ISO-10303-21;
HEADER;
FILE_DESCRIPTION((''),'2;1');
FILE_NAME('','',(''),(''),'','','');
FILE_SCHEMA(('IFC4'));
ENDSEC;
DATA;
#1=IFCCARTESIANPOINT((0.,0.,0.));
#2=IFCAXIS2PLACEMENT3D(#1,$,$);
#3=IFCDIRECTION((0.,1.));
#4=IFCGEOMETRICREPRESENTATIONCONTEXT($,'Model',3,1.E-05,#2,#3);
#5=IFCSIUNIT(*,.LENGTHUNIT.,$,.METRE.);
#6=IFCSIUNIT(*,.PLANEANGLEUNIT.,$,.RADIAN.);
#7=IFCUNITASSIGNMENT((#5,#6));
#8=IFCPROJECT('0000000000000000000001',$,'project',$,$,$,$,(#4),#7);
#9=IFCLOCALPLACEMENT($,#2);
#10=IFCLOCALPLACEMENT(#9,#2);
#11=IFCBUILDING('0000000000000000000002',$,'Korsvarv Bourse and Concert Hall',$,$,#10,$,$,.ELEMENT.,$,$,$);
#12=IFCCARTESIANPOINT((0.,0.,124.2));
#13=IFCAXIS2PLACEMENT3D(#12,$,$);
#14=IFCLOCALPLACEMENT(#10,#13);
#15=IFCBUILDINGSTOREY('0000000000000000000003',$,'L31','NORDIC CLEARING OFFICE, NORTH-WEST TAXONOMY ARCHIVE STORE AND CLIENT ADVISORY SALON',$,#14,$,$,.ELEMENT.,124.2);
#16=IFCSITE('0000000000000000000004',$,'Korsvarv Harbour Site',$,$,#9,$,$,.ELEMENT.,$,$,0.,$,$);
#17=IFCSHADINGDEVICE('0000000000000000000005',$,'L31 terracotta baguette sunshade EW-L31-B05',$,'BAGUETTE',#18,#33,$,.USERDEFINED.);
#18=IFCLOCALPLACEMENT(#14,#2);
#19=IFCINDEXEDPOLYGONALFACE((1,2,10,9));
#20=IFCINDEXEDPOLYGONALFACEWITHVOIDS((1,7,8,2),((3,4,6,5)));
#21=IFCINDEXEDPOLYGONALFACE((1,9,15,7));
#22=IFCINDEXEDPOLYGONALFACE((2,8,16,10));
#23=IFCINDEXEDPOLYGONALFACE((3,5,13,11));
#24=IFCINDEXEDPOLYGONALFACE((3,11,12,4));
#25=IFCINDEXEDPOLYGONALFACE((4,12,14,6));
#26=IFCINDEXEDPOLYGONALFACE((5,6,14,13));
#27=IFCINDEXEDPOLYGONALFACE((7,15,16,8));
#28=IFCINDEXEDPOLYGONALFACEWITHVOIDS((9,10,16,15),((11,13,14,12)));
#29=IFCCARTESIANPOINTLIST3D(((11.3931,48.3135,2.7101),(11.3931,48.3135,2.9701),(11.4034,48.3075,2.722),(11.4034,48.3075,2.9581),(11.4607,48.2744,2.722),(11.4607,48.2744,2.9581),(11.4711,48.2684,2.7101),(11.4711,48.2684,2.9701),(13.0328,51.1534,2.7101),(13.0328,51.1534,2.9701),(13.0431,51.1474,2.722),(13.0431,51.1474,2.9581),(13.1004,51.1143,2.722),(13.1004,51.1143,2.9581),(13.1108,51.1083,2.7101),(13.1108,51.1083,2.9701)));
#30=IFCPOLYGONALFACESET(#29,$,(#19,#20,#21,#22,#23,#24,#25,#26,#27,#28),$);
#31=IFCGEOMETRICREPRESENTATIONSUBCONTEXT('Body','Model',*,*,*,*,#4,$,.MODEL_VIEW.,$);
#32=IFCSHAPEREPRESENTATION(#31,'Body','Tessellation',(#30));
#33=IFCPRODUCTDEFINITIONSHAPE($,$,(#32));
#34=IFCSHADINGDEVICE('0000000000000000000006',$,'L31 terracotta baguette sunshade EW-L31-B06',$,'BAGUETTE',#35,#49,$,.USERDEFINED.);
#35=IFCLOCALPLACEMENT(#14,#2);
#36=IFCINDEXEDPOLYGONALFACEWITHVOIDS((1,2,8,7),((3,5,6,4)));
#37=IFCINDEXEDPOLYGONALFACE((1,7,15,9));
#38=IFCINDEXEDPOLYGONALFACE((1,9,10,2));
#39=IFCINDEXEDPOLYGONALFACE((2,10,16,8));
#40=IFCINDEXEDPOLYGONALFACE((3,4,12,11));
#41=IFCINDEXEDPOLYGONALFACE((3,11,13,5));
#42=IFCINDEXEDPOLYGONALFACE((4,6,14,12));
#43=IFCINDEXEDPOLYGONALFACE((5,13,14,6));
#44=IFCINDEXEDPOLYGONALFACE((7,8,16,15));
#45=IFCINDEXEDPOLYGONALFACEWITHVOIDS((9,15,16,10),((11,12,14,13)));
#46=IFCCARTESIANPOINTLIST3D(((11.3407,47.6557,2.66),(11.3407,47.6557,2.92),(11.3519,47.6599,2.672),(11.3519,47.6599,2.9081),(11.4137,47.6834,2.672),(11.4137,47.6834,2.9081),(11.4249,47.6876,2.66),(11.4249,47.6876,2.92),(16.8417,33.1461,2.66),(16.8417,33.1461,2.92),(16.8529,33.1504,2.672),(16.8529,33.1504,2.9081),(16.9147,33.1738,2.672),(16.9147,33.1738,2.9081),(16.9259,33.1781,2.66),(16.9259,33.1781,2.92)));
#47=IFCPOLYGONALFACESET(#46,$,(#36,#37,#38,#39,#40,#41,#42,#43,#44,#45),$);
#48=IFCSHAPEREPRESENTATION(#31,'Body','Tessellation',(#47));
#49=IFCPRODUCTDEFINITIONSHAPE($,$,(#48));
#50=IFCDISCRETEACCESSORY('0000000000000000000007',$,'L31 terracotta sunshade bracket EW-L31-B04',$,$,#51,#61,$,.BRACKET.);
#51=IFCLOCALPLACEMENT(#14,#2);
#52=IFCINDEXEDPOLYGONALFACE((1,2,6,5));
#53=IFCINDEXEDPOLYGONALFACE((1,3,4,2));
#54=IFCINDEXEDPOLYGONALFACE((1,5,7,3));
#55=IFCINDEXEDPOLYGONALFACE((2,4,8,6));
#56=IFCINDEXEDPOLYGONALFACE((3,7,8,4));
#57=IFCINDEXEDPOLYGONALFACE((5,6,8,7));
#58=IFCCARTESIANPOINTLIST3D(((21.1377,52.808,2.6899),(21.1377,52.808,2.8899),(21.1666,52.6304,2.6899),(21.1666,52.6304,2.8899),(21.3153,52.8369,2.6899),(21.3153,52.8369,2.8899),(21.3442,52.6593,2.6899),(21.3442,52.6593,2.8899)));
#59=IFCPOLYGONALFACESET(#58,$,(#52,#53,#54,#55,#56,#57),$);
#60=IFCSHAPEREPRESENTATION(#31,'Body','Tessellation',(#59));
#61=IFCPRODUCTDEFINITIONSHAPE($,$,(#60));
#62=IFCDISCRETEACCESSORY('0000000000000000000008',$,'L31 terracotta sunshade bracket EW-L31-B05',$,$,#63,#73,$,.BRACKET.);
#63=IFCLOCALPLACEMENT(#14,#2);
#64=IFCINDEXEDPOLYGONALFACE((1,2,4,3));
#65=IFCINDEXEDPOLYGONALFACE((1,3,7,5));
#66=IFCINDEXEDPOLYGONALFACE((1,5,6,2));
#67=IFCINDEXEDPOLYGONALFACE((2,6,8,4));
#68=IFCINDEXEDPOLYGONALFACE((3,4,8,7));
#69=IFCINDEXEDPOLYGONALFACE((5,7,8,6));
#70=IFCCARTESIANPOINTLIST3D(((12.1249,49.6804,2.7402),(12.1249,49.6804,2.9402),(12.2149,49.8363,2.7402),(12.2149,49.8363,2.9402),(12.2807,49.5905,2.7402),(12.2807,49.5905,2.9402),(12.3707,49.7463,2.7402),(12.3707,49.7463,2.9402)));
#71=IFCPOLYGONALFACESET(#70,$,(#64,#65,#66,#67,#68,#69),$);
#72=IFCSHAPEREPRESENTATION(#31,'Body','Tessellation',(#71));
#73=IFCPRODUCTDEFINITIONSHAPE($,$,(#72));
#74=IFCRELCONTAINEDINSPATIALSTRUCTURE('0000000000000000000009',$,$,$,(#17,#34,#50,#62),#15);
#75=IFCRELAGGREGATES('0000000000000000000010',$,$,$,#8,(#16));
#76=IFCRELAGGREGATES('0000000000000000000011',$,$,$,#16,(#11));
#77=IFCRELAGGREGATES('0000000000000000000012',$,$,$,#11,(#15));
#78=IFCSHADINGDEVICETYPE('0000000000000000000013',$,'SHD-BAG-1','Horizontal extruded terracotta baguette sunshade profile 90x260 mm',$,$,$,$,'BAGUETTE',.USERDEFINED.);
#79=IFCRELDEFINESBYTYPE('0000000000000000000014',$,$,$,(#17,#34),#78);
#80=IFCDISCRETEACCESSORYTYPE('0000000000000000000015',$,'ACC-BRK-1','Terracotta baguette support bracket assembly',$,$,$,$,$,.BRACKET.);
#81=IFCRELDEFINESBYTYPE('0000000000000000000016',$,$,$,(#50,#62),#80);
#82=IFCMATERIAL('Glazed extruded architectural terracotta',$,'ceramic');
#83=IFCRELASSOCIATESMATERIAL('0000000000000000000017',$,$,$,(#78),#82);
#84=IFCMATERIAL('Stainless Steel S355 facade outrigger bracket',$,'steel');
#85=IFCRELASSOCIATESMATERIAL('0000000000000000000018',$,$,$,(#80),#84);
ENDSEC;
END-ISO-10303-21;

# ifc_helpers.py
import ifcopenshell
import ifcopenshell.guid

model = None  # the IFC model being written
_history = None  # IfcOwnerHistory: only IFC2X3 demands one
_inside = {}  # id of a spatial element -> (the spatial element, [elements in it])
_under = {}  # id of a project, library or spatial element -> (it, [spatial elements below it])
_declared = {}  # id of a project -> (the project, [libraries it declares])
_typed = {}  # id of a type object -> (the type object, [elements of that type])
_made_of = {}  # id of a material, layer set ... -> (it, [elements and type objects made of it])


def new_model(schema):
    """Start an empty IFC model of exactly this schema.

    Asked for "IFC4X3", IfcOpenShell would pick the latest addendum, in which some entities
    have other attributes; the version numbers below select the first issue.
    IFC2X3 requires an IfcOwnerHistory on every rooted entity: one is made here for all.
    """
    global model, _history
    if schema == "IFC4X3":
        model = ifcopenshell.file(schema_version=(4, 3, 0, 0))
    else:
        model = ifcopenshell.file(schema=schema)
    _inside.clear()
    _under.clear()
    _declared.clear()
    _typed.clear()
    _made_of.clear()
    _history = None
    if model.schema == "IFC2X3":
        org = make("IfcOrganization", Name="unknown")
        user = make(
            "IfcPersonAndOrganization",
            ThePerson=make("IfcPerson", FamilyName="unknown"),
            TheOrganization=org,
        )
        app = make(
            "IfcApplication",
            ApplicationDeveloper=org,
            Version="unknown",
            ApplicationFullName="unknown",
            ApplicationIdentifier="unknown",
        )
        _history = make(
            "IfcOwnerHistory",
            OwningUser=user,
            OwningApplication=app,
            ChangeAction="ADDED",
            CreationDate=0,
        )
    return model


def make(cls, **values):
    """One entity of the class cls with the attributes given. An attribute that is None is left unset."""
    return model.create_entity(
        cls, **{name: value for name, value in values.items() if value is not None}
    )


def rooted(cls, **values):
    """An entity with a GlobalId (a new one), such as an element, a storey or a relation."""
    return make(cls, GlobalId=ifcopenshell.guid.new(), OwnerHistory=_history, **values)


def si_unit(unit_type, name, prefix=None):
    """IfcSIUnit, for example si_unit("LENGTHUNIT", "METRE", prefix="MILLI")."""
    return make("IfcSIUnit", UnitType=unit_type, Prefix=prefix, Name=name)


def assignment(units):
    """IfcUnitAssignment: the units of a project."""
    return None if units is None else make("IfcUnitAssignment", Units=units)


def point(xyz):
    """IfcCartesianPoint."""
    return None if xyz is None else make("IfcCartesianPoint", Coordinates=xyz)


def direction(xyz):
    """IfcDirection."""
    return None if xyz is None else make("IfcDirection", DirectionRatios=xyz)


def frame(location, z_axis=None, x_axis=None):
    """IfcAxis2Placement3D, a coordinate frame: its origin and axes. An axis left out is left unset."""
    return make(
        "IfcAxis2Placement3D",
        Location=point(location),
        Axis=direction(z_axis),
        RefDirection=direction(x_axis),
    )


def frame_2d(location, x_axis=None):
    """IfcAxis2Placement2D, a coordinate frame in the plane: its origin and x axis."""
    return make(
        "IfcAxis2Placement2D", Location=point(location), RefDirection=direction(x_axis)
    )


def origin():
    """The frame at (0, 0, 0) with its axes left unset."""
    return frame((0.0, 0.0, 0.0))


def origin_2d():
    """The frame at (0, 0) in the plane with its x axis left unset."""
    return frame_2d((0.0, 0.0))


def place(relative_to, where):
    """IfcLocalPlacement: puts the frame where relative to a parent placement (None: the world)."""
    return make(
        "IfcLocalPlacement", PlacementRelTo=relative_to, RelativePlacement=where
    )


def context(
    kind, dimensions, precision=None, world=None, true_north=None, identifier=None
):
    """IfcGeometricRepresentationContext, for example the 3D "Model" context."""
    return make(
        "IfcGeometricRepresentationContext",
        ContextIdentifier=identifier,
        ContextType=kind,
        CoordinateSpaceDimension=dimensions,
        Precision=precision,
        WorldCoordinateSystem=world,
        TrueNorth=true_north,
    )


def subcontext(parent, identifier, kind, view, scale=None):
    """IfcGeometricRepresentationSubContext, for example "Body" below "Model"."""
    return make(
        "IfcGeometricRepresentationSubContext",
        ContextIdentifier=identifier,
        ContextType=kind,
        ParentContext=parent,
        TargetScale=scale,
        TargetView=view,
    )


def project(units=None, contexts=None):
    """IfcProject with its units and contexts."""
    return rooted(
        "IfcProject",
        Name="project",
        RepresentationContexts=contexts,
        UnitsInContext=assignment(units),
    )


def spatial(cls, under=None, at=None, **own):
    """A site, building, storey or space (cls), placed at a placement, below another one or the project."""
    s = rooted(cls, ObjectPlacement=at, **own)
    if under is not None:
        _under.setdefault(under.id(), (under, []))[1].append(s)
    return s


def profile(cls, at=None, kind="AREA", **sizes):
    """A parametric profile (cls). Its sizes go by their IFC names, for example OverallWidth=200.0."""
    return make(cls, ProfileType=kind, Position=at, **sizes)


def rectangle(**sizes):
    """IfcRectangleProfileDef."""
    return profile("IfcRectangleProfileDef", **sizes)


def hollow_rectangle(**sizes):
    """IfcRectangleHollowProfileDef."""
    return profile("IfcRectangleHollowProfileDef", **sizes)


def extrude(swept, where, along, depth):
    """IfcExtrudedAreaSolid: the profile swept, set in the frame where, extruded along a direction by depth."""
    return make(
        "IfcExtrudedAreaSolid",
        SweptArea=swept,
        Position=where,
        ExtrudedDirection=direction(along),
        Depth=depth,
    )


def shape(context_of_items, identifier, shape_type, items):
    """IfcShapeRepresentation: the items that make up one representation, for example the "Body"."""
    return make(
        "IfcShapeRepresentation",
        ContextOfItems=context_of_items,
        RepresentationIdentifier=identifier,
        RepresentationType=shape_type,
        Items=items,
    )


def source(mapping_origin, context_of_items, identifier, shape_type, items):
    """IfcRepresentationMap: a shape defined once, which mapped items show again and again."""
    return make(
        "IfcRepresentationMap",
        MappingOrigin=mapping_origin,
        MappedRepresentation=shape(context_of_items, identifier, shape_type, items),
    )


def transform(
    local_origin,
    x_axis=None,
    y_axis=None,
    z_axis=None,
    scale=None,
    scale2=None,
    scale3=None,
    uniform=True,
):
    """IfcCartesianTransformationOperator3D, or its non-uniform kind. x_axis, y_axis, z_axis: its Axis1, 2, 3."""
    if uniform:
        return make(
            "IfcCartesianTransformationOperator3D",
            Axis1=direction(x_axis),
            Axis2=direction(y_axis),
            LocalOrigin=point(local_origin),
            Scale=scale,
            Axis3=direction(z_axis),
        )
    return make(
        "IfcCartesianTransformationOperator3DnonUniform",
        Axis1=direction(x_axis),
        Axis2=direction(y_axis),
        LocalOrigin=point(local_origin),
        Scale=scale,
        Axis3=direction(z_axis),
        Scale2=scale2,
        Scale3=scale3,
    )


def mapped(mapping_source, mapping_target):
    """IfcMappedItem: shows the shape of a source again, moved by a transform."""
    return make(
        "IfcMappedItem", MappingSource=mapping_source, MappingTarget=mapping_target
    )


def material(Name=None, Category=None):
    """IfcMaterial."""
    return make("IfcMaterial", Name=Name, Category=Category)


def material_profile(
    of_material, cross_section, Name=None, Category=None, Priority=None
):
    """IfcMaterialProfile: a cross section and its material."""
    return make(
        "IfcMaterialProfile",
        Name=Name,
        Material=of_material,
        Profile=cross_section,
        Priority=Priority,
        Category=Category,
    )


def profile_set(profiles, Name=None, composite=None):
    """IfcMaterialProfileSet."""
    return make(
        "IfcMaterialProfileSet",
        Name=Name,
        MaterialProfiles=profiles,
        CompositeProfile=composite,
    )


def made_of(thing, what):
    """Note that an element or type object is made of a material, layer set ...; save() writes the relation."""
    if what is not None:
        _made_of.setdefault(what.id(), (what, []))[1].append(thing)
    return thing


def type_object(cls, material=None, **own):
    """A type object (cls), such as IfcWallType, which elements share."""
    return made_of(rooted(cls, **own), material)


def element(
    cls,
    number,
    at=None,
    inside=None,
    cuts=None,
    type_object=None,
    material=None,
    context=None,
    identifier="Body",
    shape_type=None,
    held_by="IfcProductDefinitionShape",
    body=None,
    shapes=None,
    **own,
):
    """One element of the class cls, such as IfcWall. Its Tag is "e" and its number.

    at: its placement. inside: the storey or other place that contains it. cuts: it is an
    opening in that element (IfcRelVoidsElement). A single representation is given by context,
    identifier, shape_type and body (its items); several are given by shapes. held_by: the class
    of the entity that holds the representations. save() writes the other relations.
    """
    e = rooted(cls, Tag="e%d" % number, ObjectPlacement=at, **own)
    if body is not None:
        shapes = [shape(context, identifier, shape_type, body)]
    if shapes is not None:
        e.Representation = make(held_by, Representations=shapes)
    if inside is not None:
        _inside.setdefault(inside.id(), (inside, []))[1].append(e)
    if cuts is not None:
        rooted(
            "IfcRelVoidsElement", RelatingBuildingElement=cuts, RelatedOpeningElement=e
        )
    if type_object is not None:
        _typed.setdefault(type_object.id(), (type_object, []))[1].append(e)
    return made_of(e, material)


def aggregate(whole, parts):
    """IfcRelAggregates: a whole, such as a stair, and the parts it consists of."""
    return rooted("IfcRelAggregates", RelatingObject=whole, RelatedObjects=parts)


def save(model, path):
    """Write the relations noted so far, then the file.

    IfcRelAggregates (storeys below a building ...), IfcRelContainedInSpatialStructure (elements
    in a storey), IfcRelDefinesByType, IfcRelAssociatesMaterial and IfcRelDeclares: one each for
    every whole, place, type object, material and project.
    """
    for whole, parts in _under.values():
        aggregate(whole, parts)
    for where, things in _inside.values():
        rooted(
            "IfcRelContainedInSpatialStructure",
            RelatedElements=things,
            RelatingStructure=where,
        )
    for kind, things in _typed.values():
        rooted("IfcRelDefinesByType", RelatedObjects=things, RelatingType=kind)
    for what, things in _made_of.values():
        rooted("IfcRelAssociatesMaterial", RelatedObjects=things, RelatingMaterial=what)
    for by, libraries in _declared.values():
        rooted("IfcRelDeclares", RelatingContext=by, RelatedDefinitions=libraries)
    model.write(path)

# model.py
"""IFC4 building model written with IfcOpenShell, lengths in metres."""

from ifc_helpers import new_model, si_unit, direction, frame, origin, origin_2d, place, context, subcontext, project, spatial, rectangle, hollow_rectangle, extrude, source, transform, mapped, material, material_profile, profile_set, type_object, element, save


model = new_model("IFC4")

# Units and contexts
model_context = context("Model", 3, precision=1e-05, world=origin(), true_north=direction((0.0, 1.0)))
body_context = subcontext(model_context, "Body", "Model", "MODEL_VIEW")
ifc_project = project(units=[si_unit("LENGTHUNIT", "METRE"), si_unit("PLANEANGLEUNIT", "RADIAN")], contexts=[model_context])

# Site, building, storey
site_placement = place(None, origin())
site = spatial("IfcSite", under=ifc_project, at=site_placement, Name="Korsvarv Harbour Site", CompositionType="ELEMENT", RefElevation=0.0)
building_placement = place(site_placement, origin())
building = spatial("IfcBuilding", under=site, at=building_placement, Name="Korsvarv Bourse and Concert Hall", CompositionType="ELEMENT")
storey_placement = place(building_placement, frame((0.0, 0.0, 124.2)))
storey = spatial("IfcBuildingStorey", under=building, at=storey_placement, Name="L31", Description="NORDIC CLEARING OFFICE, NORTH-WEST TAXONOMY ARCHIVE STORE AND CLIENT ADVISORY SALON", CompositionType="ELEMENT", Elevation=124.2)

# Shading devices
ifc_material_1 = material(Name="Glazed extruded architectural terracotta", Category="ceramic")
ifc_material_profile_1 = material_profile(ifc_material_1, hollow_rectangle(XDim=0.0901, YDim=0.26, WallThickness=0.012, at=origin_2d()), Name="TC-BAG 90x260")
ifc_profile_set_1 = profile_set([ifc_material_profile_1], Name="Glazed extruded architectural terracotta")
shading_device_type = type_object("IfcShadingDeviceType", Name="SHD-BAG-1", Description="Horizontal extruded terracotta baguette sunshade profile 90x260 mm", ElementType="BAGUETTE", PredefinedType="USERDEFINED", material=ifc_profile_set_1)
shared_shape_1 = source(origin(), body_context, "Body", "SweptSolid", [
    extrude(hollow_rectangle(XDim=0.0901, YDim=0.26, WallThickness=0.012, at=origin_2d()), origin(), (0.0, 0.0, 1.0), 3.2793),
])
shading_device_1_placement = place(storey_placement, frame((13.0718, 51.1309, 2.8401), z_axis=(-0.500015, -0.866017, 0.0), x_axis=(0.866017, -0.500015, 0.0)))
element("IfcShadingDevice", 1, at=shading_device_1_placement, inside=storey, type_object=shading_device_type, Name="L31 terracotta baguette sunshade EW-L31-B05", ObjectType="BAGUETTE", PredefinedType="USERDEFINED", context=body_context, shape_type="MappedRepresentation", body=[
    mapped(shared_shape_1, transform((0.0, 0.0, 0.0), scale=1.0)),
])
shared_shape_2 = source(origin(), body_context, "Body", "SweptSolid", [
    extrude(hollow_rectangle(XDim=0.0901, YDim=0.26, WallThickness=0.012, at=origin_2d()), origin(), (0.0, 0.0, 1.0), 15.5173),
])
shading_device_2_placement = place(storey_placement, frame((11.3828, 47.6716, 2.79), z_axis=(0.354506, -0.935054, 0.0), x_axis=(0.935054, 0.354506, 0.0)))
element("IfcShadingDevice", 2, at=shading_device_2_placement, inside=storey, type_object=shading_device_type, Name="L31 terracotta baguette sunshade EW-L31-B06", ObjectType="BAGUETTE", PredefinedType="USERDEFINED", context=body_context, shape_type="MappedRepresentation", body=[
    mapped(shared_shape_2, transform((0.0, 0.0, 0.0), scale=1.0)),
])

# Discrete accessories
ifc_material_2 = material(Name="Stainless Steel S355 facade outrigger bracket", Category="steel")
discrete_accessory_type = type_object("IfcDiscreteAccessoryType", Name="ACC-BRK-1", Description="Terracotta baguette support bracket assembly", PredefinedType="BRACKET", material=ifc_material_2)
shared_shape_3 = source(origin(), body_context, "Body", "SweptSolid", [
    extrude(rectangle(XDim=0.1799, YDim=0.1799, at=origin_2d()), origin(), (0.0, 0.0, 1.0), 0.2),
])
for number, where, z_axis, x_axis, name in (
    (3, (21.241, 52.7336, 2.6899), (0.0, 0.0, 1.0), (-0.987024, -0.16057, 0.0), "L31 terracotta sunshade bracket EW-L31-B04"),
    (4, (12.2478, 49.7134, 2.7402), (0.0, 0.0, 1.0), (-0.5, -0.866025, 0.0), "L31 terracotta sunshade bracket EW-L31-B05"),
):
    element("IfcDiscreteAccessory", number, at=place(storey_placement, frame(where, z_axis=z_axis, x_axis=x_axis)), inside=storey, type_object=discrete_accessory_type, Name=name, PredefinedType="BRACKET", context=body_context, shape_type="MappedRepresentation", body=[
        mapped(shared_shape_3, transform((0.0, 0.0, 0.0), scale=1.0)),
    ])

save(model, "model.ifc")
